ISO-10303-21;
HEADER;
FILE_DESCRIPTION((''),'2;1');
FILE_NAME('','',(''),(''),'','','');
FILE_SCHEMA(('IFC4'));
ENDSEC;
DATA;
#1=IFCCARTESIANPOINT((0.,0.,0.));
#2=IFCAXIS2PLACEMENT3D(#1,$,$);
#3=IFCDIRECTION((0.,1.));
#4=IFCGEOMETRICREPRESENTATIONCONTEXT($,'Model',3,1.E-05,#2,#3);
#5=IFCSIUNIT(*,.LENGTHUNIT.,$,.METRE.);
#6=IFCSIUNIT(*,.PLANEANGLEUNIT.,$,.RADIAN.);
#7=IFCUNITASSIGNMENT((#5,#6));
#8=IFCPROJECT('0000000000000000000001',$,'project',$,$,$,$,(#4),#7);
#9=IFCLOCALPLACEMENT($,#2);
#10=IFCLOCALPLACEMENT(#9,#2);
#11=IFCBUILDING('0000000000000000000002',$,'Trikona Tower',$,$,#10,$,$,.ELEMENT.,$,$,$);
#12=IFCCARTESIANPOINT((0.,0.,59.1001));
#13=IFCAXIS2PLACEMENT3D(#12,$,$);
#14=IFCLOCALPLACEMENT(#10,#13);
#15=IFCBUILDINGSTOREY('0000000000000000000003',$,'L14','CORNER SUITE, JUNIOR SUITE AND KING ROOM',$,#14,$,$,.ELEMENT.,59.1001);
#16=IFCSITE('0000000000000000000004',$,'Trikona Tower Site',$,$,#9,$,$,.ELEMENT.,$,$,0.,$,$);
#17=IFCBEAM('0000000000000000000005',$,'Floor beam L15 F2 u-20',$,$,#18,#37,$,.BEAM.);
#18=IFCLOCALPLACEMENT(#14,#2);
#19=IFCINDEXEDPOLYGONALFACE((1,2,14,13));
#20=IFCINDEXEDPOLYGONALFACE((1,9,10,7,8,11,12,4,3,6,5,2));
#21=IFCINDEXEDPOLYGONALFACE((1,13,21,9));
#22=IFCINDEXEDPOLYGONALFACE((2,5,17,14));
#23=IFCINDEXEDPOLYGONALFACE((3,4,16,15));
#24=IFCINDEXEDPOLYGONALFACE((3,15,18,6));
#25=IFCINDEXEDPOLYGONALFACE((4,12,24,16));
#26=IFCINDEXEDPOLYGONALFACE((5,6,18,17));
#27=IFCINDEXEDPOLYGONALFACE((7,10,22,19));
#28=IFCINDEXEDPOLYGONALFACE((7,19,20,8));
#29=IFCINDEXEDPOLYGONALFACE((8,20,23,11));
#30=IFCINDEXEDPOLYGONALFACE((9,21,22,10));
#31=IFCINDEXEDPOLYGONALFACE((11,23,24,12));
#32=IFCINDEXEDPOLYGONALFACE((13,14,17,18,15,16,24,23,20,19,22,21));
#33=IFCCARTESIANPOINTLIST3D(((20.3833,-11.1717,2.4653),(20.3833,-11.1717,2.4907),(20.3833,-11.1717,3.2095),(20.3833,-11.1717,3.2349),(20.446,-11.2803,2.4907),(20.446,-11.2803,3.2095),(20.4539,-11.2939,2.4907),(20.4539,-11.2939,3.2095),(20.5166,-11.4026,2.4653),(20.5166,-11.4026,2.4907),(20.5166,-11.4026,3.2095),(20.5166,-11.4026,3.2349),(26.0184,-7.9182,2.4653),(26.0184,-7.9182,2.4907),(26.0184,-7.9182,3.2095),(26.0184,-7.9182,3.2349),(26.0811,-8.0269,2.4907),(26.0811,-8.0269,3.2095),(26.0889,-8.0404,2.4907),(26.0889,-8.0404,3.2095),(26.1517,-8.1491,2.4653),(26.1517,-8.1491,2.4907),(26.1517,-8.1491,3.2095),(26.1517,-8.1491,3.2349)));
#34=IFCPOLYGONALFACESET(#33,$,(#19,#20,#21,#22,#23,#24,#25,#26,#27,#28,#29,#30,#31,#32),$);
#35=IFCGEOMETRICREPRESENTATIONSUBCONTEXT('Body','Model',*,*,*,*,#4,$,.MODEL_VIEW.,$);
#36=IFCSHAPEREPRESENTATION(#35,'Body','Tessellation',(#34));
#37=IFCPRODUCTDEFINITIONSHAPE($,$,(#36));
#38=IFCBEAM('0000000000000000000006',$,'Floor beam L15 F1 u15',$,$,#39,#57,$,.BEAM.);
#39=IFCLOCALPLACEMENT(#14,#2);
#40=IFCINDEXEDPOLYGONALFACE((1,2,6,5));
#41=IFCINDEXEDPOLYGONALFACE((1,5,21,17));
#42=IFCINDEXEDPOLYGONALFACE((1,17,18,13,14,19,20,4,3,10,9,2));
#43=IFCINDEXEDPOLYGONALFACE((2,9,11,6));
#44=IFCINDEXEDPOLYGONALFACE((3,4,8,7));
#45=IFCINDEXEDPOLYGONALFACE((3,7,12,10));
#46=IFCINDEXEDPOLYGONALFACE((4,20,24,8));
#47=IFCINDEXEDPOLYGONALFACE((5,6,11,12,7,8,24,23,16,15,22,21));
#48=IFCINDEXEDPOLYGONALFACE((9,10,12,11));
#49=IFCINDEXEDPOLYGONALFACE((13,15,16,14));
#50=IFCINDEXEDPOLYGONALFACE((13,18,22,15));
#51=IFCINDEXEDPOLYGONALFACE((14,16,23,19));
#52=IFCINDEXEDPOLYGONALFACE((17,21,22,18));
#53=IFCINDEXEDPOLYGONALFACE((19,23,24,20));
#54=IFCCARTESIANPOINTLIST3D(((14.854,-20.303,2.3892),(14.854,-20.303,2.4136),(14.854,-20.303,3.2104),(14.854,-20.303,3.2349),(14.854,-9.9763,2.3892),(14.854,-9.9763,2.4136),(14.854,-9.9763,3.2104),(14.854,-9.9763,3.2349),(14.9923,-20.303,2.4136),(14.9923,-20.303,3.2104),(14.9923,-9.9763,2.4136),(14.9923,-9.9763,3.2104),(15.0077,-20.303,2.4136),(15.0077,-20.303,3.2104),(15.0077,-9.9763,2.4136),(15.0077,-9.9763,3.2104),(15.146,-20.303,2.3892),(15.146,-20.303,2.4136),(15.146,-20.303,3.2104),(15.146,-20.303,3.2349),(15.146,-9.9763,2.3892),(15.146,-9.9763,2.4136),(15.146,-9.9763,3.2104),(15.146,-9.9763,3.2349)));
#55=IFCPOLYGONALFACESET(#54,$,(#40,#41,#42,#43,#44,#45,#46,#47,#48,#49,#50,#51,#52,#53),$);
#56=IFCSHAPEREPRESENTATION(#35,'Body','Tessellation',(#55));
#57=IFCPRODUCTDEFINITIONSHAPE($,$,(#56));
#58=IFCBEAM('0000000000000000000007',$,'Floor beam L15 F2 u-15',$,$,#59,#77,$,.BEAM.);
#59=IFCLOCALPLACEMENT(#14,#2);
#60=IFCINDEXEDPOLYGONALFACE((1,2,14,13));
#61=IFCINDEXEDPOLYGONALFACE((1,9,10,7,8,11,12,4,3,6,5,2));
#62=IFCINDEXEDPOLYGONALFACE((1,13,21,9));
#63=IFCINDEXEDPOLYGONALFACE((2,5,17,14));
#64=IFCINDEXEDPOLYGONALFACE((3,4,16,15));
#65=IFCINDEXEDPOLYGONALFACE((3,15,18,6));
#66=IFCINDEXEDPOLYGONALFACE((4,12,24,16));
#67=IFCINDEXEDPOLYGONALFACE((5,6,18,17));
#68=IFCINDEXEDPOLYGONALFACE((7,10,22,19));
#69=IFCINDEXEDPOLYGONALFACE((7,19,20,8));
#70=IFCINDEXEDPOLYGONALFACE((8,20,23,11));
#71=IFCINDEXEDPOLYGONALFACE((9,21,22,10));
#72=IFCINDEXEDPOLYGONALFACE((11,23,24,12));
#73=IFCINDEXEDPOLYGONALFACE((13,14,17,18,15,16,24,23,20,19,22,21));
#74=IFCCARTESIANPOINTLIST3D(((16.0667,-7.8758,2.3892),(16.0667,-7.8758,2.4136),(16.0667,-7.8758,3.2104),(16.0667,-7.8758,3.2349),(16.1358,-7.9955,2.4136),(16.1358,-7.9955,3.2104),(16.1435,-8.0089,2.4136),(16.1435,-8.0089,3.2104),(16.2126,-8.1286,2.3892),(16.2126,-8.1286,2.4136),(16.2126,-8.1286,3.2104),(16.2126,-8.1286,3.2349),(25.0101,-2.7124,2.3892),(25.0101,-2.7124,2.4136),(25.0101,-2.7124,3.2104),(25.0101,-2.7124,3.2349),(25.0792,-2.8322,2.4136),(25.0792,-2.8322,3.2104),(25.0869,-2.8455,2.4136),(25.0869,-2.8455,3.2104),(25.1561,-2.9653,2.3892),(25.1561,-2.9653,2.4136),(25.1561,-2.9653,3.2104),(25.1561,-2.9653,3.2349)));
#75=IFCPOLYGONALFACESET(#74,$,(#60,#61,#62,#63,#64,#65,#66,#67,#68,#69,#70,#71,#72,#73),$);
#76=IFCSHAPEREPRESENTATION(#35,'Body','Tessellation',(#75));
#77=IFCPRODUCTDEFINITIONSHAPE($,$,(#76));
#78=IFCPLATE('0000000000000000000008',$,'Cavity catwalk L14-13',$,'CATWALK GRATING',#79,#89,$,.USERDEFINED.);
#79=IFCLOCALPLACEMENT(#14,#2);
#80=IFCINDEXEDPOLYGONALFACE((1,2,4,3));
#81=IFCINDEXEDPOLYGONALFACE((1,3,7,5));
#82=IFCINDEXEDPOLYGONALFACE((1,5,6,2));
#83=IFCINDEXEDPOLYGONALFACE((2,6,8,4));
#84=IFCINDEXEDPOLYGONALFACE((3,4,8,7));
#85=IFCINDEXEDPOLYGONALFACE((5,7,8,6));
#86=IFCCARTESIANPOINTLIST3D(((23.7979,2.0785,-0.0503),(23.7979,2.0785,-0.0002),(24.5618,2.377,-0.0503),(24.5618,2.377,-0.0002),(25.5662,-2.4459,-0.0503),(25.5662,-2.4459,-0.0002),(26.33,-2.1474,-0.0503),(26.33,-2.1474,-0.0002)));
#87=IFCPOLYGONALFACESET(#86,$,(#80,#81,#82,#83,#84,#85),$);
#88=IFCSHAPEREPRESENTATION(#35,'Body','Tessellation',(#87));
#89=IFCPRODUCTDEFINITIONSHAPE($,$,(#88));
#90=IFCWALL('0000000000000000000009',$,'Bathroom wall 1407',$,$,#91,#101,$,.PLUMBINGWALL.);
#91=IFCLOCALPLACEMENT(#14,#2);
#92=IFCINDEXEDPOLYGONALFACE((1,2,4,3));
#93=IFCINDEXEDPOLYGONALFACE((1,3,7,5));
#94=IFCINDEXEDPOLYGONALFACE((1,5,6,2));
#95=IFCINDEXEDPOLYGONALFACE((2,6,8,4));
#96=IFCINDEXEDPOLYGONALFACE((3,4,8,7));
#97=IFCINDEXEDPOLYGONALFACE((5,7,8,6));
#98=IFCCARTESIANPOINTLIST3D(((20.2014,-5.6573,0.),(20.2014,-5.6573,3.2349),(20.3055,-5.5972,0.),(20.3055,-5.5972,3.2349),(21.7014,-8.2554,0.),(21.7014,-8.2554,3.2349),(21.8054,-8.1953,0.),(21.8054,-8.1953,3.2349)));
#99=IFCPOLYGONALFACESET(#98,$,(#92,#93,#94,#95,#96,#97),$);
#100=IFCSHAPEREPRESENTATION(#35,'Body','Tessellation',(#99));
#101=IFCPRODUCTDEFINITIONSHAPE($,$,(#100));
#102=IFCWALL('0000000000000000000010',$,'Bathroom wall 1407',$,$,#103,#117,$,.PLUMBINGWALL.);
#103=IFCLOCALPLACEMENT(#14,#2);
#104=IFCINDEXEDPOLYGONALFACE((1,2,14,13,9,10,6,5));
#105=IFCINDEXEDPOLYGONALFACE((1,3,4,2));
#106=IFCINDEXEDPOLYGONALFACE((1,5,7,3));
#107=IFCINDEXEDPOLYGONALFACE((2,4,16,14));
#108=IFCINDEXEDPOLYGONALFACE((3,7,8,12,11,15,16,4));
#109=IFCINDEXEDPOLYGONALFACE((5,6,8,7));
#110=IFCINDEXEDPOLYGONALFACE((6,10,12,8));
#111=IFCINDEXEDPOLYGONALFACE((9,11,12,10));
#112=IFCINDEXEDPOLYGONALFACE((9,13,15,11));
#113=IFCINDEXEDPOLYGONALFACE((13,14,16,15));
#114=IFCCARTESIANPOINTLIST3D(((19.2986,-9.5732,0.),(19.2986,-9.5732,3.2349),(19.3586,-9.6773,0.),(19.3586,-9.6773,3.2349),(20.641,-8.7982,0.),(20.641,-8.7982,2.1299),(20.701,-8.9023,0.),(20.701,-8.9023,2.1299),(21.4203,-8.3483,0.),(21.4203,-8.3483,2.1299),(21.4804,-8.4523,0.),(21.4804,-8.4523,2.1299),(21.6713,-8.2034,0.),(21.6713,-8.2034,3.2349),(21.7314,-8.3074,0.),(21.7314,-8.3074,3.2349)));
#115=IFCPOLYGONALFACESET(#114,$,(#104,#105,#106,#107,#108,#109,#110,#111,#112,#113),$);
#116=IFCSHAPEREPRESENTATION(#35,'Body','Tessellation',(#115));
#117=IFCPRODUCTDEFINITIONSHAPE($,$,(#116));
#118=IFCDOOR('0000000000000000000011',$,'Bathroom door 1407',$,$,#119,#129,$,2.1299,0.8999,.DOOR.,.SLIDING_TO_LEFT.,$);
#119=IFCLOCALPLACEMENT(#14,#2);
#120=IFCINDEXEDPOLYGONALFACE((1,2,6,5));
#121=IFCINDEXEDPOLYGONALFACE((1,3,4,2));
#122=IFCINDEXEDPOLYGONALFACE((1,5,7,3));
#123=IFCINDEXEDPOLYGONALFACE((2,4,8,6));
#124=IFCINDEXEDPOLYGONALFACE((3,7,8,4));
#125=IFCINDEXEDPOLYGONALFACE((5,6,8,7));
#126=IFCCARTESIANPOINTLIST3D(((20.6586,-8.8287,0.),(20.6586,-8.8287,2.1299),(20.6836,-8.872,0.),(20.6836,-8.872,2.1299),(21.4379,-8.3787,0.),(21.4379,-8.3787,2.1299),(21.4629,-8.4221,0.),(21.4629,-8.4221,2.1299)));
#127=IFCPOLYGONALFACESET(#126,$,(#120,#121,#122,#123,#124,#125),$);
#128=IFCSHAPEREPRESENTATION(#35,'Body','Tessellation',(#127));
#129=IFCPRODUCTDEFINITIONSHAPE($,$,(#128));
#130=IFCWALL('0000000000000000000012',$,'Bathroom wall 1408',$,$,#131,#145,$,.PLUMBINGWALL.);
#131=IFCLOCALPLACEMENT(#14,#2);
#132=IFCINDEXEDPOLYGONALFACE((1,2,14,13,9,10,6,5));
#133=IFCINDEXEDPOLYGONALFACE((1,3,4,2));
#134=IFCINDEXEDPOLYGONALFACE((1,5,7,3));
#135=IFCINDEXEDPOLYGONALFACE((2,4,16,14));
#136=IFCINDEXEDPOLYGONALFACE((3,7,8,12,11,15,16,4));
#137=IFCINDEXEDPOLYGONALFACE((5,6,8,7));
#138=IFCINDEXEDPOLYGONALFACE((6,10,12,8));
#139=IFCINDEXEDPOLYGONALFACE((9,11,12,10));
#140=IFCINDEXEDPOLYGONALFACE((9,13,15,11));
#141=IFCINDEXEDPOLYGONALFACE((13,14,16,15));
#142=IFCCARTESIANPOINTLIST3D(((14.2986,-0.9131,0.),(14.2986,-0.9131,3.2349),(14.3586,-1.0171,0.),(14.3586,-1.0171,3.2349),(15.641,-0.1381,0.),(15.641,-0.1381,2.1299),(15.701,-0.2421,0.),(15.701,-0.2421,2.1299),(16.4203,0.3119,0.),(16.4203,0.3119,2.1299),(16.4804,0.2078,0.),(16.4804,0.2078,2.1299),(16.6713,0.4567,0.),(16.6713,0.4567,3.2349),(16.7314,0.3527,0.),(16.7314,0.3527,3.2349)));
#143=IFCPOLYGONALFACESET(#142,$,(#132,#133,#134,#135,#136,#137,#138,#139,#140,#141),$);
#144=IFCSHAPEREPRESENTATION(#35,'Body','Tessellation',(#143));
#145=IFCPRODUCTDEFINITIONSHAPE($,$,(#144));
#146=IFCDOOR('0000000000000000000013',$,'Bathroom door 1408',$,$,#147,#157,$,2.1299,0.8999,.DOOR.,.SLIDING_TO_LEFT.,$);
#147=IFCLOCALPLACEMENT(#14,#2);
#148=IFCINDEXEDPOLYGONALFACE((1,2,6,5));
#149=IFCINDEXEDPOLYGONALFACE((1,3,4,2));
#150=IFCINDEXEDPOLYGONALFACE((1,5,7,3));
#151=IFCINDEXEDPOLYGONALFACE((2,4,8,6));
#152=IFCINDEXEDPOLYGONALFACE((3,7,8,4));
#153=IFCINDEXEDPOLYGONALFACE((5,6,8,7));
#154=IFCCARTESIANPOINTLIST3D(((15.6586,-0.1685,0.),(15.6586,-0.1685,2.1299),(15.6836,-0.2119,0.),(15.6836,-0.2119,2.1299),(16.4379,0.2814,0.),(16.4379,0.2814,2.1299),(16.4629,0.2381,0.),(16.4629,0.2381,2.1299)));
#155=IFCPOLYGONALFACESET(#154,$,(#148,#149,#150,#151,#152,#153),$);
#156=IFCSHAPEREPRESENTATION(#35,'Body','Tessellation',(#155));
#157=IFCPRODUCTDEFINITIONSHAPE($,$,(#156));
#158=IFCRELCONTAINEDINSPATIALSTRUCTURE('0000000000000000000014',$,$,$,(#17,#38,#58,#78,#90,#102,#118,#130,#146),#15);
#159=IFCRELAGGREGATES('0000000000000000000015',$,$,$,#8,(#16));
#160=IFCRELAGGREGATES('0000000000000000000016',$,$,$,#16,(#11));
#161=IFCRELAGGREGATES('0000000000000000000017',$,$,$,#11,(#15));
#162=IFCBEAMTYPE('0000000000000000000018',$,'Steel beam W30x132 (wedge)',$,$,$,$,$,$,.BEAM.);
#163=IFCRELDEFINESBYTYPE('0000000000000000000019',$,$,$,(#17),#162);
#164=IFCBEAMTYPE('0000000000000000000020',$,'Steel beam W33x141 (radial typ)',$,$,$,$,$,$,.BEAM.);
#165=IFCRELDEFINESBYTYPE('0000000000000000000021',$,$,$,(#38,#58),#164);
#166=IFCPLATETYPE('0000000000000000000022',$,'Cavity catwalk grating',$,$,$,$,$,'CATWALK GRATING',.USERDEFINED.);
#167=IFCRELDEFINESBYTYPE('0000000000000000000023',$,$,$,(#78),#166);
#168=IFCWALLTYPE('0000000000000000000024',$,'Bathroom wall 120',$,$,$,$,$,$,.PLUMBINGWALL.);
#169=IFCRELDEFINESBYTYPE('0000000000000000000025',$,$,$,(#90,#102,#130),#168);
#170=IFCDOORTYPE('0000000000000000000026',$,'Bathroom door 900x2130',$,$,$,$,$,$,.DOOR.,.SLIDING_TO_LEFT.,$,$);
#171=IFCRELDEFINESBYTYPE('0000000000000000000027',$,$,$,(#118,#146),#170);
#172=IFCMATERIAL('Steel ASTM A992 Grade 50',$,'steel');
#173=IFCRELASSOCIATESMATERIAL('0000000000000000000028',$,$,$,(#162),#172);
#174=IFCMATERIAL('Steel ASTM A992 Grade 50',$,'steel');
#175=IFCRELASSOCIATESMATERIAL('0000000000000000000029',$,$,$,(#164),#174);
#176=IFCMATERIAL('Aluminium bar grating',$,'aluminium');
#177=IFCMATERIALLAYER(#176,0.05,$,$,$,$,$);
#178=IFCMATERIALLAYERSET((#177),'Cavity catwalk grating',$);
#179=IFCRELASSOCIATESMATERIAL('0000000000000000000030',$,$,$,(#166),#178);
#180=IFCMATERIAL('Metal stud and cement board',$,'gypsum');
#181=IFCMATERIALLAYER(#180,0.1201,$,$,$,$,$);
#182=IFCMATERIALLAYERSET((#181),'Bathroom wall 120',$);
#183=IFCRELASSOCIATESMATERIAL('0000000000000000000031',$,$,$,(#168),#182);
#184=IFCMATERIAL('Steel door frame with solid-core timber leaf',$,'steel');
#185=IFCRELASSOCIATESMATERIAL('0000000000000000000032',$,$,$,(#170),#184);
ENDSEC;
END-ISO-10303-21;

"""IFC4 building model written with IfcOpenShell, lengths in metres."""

from ifc_helpers import new_model, si_unit, direction, frame, frame_2d, origin, origin_2d, place, context, subcontext, project, spatial, rectangle, i_section, extrude, material, layer, layer_set, material_profile, profile_set, type_object, element, fill, save


model = new_model("IFC4")

# Units and contexts
model_context = context("Model", 3, precision=1e-05, world=origin(), true_north=direction((0.0, 1.0)))
body_context = subcontext(model_context, "Body", "Model", "MODEL_VIEW")
ifc_project = project(units=[si_unit("LENGTHUNIT", "METRE"), si_unit("PLANEANGLEUNIT", "RADIAN")], contexts=[model_context])

# Site, building, storey
site_placement = place(None, origin())
site = spatial("IfcSite", under=ifc_project, at=site_placement, Name="Trikona Tower Site", CompositionType="ELEMENT", RefElevation=0.0)
building_placement = place(site_placement, origin())
building = spatial("IfcBuilding", under=site, at=building_placement, Name="Trikona Tower", CompositionType="ELEMENT")
storey_placement = place(building_placement, frame((0.0, 0.0, 59.1001)))
storey = spatial("IfcBuildingStorey", under=building, at=storey_placement, Name="L14", Description="CORNER SUITE, JUNIOR SUITE AND KING ROOM", CompositionType="ELEMENT", Elevation=59.1001)

# Beams
ifc_material_1 = material(Name="Steel ASTM A992 Grade 50", Category="steel")
ifc_material_profile_1 = material_profile(ifc_material_1, i_section(OverallWidth=0.2666, OverallDepth=0.7695, WebThickness=0.0156, FlangeThickness=0.0254, at=origin_2d()), Name="W30X132")
ifc_profile_set_1 = profile_set([ifc_material_profile_1], Name="Steel ASTM A992 Grade 50")
beam_type_1 = type_object("IfcBeamType", Name="Steel beam W30x132 (wedge)", PredefinedType="BEAM", material=ifc_profile_set_1)
beam_1_placement = place(storey_placement, frame((20.45, -11.2871, 2.8501), z_axis=(0.866023, 0.500005, 0.0), x_axis=(-0.500005, 0.866023, 0.0)))
element("IfcBeam", 1, at=beam_1_placement, inside=storey, type_object=beam_type_1, Name="Floor beam L15 F2 u-20", PredefinedType="BEAM", context=body_context, shape_type="SweptSolid", body=[
    extrude(i_section(OverallWidth=0.2666, OverallDepth=0.7695, WebThickness=0.0156, FlangeThickness=0.0254, at=origin_2d()), origin(), (0.0, 0.0, 1.0), 6.5068),
])
ifc_material_2 = material(Name="Steel ASTM A992 Grade 50", Category="steel")
ifc_material_profile_2 = material_profile(ifc_material_2, i_section(OverallWidth=0.292, OverallDepth=0.8457, WebThickness=0.0154, FlangeThickness=0.0244, at=origin_2d()), Name="W33X141")
ifc_profile_set_2 = profile_set([ifc_material_profile_2], Name="Steel ASTM A992 Grade 50")
beam_type_2 = type_object("IfcBeamType", Name="Steel beam W33x141 (radial typ)", PredefinedType="BEAM", material=ifc_profile_set_2)
beam_2_placement = place(storey_placement, frame((15.0, -9.9763, 2.812), z_axis=(0.0, -1.0, 0.0), x_axis=(1.0, 0.0, 0.0)))
element("IfcBeam", 2, at=beam_2_placement, inside=storey, type_object=beam_type_2, Name="Floor beam L15 F1 u15", PredefinedType="BEAM", context=body_context, shape_type="SweptSolid", body=[
    extrude(i_section(OverallWidth=0.292, OverallDepth=0.8457, WebThickness=0.0154, FlangeThickness=0.0244, at=origin_2d()), origin(), (0.0, 0.0, 1.0), 10.3267),
])
beam_3_placement = place(storey_placement, frame((16.1396, -8.0022, 2.812), z_axis=(0.86603, 0.499991, 0.0), x_axis=(-0.499991, 0.86603, 0.0)))
element("IfcBeam", 3, at=beam_3_placement, inside=storey, type_object=beam_type_2, Name="Floor beam L15 F2 u-15", PredefinedType="BEAM", context=body_context, shape_type="SweptSolid", body=[
    extrude(i_section(OverallWidth=0.292, OverallDepth=0.8457, WebThickness=0.0154, FlangeThickness=0.0244, at=origin_2d()), origin(), (0.0, 0.0, 1.0), 10.3269),
])

# Plate
ifc_material_3 = material(Name="Aluminium bar grating", Category="aluminium")
ifc_layer_1 = layer(ifc_material_3, 0.05)
ifc_layer_set_1 = layer_set([ifc_layer_1], Name="Cavity catwalk grating")
plate_type = type_object("IfcPlateType", Name="Cavity catwalk grating", ElementType="CATWALK GRATING", PredefinedType="USERDEFINED", material=ifc_layer_set_1)
plate_placement = place(storey_placement, frame((25.064, -0.0344, -0.0503), z_axis=(0.0, 0.0, 1.0), x_axis=(-0.364009, 0.931395, 0.0)))
element("IfcPlate", 4, at=plate_placement, inside=storey, type_object=plate_type, Name="Cavity catwalk L14-13", ObjectType="CATWALK GRATING", PredefinedType="USERDEFINED", context=body_context, shape_type="SweptSolid", body=[
    extrude(rectangle(XDim=4.8577, YDim=0.8201, at=origin_2d()), origin(), (0.0, 0.0, 1.0), 0.05),
])

# Wall
ifc_material_4 = material(Name="Metal stud and cement board", Category="gypsum")
ifc_layer_2 = layer(ifc_material_4, 0.1201)
ifc_layer_set_2 = layer_set([ifc_layer_2], Name="Bathroom wall 120")
wall_type_1 = type_object("IfcWallType", Name="Bathroom wall 120", PredefinedType="PLUMBINGWALL", material=ifc_layer_set_2)
wall_1_placement = place(storey_placement, frame((21.7534, -8.2253, 0.0), z_axis=(0.0, 0.0, 1.0), x_axis=(-0.49999, 0.866031, 0.0)))
element("IfcWall", 5, at=wall_1_placement, inside=storey, type_object=wall_type_1, Name="Bathroom wall 1407", PredefinedType="PLUMBINGWALL", context=body_context, shape_type="SweptSolid", body=[
    extrude(rectangle(XDim=3.0, YDim=0.1201, at=frame_2d((1.5, 0.0))), origin(), (0.0, 0.0, 1.0), 3.2349),
])

# Walls, openings, doors
wall_2_placement = place(storey_placement, frame((19.3286, -9.6252, 0.0), z_axis=(0.0, 0.0, 1.0), x_axis=(0.866036, 0.499982, 0.0)))
wall_2 = element("IfcWall", 6, at=wall_2_placement, inside=storey, type_object=wall_type_1, Name="Bathroom wall 1407", PredefinedType="PLUMBINGWALL", context=body_context, shape_type="SweptSolid", body=[
    extrude(rectangle(XDim=2.7397, YDim=0.1201, at=frame_2d((1.3699, 0.0))), origin(), (0.0, 0.0, 1.0), 3.2349),
])
opening_1_placement = place(wall_2_placement, frame((1.55, 0.0, 0.0)))
opening_1 = element("IfcOpeningElement", 7, at=opening_1_placement, cuts=wall_2, PredefinedType="OPENING", context=body_context, shape_type="SweptSolid", body=[
    extrude(rectangle(XDim=0.8999, YDim=2.1299, at=frame_2d((0.45, 1.0649))), frame((0.0, 0.0701, 0.0), z_axis=(0.0, -1.0, 0.0), x_axis=(1.0, 0.0, 0.0)), (0.0, 0.0, 1.0), 0.1401),
])
ifc_material_5 = material(Name="Steel door frame with solid-core timber leaf", Category="steel")
door_type_1 = type_object("IfcDoorType", Name="Bathroom door 900x2130", OperationType="SLIDING_TO_LEFT", PredefinedType="DOOR", material=ifc_material_5)
door_1_placement = place(opening_1_placement, origin())
door_1 = element("IfcDoor", 8, at=door_1_placement, inside=storey, type_object=door_type_1, Name="Bathroom door 1407", OperationType="SLIDING_TO_LEFT", OverallHeight=2.1299, OverallWidth=0.8999, PredefinedType="DOOR", context=body_context, shape_type="SweptSolid", body=[
    extrude(rectangle(XDim=0.8999, YDim=2.1299, at=frame_2d((0.45, 1.0649))), frame((0.0, 0.0249, 0.0), z_axis=(0.0, -1.0, 0.0), x_axis=(1.0, 0.0, 0.0)), (0.0, 0.0, 1.0), 0.05),
])
fill(opening_1, door_1)
wall_3_placement = place(storey_placement, frame((14.3286, -0.9651, 0.0), z_axis=(0.0, 0.0, 1.0), x_axis=(0.866036, 0.499982, 0.0)))
wall_3 = element("IfcWall", 9, at=wall_3_placement, inside=storey, type_object=wall_type_1, Name="Bathroom wall 1408", PredefinedType="PLUMBINGWALL", context=body_context, shape_type="SweptSolid", body=[
    extrude(rectangle(XDim=2.7397, YDim=0.1201, at=frame_2d((1.3699, 0.0))), origin(), (0.0, 0.0, 1.0), 3.2349),
])
opening_2_placement = place(wall_3_placement, frame((1.55, 0.0, 0.0)))
opening_2 = element("IfcOpeningElement", 10, at=opening_2_placement, cuts=wall_3, PredefinedType="OPENING", context=body_context, shape_type="SweptSolid", body=[
    extrude(rectangle(XDim=0.8999, YDim=2.1299, at=frame_2d((0.45, 1.0649))), frame((0.0, 0.0701, 0.0), z_axis=(0.0, -1.0, 0.0), x_axis=(1.0, 0.0, 0.0)), (0.0, 0.0, 1.0), 0.1401),
])
door_2_placement = place(opening_2_placement, origin())
door_2 = element("IfcDoor", 11, at=door_2_placement, inside=storey, type_object=door_type_1, Name="Bathroom door 1408", OperationType="SLIDING_TO_LEFT", OverallHeight=2.1299, OverallWidth=0.8999, PredefinedType="DOOR", context=body_context, shape_type="SweptSolid", body=[
    extrude(rectangle(XDim=0.8999, YDim=2.1299, at=frame_2d((0.45, 1.0649))), frame((0.0, 0.0249, 0.0), z_axis=(0.0, -1.0, 0.0), x_axis=(1.0, 0.0, 0.0)), (0.0, 0.0, 1.0), 0.05),
])
fill(opening_2, door_2)

save(model, "model.ifc")
